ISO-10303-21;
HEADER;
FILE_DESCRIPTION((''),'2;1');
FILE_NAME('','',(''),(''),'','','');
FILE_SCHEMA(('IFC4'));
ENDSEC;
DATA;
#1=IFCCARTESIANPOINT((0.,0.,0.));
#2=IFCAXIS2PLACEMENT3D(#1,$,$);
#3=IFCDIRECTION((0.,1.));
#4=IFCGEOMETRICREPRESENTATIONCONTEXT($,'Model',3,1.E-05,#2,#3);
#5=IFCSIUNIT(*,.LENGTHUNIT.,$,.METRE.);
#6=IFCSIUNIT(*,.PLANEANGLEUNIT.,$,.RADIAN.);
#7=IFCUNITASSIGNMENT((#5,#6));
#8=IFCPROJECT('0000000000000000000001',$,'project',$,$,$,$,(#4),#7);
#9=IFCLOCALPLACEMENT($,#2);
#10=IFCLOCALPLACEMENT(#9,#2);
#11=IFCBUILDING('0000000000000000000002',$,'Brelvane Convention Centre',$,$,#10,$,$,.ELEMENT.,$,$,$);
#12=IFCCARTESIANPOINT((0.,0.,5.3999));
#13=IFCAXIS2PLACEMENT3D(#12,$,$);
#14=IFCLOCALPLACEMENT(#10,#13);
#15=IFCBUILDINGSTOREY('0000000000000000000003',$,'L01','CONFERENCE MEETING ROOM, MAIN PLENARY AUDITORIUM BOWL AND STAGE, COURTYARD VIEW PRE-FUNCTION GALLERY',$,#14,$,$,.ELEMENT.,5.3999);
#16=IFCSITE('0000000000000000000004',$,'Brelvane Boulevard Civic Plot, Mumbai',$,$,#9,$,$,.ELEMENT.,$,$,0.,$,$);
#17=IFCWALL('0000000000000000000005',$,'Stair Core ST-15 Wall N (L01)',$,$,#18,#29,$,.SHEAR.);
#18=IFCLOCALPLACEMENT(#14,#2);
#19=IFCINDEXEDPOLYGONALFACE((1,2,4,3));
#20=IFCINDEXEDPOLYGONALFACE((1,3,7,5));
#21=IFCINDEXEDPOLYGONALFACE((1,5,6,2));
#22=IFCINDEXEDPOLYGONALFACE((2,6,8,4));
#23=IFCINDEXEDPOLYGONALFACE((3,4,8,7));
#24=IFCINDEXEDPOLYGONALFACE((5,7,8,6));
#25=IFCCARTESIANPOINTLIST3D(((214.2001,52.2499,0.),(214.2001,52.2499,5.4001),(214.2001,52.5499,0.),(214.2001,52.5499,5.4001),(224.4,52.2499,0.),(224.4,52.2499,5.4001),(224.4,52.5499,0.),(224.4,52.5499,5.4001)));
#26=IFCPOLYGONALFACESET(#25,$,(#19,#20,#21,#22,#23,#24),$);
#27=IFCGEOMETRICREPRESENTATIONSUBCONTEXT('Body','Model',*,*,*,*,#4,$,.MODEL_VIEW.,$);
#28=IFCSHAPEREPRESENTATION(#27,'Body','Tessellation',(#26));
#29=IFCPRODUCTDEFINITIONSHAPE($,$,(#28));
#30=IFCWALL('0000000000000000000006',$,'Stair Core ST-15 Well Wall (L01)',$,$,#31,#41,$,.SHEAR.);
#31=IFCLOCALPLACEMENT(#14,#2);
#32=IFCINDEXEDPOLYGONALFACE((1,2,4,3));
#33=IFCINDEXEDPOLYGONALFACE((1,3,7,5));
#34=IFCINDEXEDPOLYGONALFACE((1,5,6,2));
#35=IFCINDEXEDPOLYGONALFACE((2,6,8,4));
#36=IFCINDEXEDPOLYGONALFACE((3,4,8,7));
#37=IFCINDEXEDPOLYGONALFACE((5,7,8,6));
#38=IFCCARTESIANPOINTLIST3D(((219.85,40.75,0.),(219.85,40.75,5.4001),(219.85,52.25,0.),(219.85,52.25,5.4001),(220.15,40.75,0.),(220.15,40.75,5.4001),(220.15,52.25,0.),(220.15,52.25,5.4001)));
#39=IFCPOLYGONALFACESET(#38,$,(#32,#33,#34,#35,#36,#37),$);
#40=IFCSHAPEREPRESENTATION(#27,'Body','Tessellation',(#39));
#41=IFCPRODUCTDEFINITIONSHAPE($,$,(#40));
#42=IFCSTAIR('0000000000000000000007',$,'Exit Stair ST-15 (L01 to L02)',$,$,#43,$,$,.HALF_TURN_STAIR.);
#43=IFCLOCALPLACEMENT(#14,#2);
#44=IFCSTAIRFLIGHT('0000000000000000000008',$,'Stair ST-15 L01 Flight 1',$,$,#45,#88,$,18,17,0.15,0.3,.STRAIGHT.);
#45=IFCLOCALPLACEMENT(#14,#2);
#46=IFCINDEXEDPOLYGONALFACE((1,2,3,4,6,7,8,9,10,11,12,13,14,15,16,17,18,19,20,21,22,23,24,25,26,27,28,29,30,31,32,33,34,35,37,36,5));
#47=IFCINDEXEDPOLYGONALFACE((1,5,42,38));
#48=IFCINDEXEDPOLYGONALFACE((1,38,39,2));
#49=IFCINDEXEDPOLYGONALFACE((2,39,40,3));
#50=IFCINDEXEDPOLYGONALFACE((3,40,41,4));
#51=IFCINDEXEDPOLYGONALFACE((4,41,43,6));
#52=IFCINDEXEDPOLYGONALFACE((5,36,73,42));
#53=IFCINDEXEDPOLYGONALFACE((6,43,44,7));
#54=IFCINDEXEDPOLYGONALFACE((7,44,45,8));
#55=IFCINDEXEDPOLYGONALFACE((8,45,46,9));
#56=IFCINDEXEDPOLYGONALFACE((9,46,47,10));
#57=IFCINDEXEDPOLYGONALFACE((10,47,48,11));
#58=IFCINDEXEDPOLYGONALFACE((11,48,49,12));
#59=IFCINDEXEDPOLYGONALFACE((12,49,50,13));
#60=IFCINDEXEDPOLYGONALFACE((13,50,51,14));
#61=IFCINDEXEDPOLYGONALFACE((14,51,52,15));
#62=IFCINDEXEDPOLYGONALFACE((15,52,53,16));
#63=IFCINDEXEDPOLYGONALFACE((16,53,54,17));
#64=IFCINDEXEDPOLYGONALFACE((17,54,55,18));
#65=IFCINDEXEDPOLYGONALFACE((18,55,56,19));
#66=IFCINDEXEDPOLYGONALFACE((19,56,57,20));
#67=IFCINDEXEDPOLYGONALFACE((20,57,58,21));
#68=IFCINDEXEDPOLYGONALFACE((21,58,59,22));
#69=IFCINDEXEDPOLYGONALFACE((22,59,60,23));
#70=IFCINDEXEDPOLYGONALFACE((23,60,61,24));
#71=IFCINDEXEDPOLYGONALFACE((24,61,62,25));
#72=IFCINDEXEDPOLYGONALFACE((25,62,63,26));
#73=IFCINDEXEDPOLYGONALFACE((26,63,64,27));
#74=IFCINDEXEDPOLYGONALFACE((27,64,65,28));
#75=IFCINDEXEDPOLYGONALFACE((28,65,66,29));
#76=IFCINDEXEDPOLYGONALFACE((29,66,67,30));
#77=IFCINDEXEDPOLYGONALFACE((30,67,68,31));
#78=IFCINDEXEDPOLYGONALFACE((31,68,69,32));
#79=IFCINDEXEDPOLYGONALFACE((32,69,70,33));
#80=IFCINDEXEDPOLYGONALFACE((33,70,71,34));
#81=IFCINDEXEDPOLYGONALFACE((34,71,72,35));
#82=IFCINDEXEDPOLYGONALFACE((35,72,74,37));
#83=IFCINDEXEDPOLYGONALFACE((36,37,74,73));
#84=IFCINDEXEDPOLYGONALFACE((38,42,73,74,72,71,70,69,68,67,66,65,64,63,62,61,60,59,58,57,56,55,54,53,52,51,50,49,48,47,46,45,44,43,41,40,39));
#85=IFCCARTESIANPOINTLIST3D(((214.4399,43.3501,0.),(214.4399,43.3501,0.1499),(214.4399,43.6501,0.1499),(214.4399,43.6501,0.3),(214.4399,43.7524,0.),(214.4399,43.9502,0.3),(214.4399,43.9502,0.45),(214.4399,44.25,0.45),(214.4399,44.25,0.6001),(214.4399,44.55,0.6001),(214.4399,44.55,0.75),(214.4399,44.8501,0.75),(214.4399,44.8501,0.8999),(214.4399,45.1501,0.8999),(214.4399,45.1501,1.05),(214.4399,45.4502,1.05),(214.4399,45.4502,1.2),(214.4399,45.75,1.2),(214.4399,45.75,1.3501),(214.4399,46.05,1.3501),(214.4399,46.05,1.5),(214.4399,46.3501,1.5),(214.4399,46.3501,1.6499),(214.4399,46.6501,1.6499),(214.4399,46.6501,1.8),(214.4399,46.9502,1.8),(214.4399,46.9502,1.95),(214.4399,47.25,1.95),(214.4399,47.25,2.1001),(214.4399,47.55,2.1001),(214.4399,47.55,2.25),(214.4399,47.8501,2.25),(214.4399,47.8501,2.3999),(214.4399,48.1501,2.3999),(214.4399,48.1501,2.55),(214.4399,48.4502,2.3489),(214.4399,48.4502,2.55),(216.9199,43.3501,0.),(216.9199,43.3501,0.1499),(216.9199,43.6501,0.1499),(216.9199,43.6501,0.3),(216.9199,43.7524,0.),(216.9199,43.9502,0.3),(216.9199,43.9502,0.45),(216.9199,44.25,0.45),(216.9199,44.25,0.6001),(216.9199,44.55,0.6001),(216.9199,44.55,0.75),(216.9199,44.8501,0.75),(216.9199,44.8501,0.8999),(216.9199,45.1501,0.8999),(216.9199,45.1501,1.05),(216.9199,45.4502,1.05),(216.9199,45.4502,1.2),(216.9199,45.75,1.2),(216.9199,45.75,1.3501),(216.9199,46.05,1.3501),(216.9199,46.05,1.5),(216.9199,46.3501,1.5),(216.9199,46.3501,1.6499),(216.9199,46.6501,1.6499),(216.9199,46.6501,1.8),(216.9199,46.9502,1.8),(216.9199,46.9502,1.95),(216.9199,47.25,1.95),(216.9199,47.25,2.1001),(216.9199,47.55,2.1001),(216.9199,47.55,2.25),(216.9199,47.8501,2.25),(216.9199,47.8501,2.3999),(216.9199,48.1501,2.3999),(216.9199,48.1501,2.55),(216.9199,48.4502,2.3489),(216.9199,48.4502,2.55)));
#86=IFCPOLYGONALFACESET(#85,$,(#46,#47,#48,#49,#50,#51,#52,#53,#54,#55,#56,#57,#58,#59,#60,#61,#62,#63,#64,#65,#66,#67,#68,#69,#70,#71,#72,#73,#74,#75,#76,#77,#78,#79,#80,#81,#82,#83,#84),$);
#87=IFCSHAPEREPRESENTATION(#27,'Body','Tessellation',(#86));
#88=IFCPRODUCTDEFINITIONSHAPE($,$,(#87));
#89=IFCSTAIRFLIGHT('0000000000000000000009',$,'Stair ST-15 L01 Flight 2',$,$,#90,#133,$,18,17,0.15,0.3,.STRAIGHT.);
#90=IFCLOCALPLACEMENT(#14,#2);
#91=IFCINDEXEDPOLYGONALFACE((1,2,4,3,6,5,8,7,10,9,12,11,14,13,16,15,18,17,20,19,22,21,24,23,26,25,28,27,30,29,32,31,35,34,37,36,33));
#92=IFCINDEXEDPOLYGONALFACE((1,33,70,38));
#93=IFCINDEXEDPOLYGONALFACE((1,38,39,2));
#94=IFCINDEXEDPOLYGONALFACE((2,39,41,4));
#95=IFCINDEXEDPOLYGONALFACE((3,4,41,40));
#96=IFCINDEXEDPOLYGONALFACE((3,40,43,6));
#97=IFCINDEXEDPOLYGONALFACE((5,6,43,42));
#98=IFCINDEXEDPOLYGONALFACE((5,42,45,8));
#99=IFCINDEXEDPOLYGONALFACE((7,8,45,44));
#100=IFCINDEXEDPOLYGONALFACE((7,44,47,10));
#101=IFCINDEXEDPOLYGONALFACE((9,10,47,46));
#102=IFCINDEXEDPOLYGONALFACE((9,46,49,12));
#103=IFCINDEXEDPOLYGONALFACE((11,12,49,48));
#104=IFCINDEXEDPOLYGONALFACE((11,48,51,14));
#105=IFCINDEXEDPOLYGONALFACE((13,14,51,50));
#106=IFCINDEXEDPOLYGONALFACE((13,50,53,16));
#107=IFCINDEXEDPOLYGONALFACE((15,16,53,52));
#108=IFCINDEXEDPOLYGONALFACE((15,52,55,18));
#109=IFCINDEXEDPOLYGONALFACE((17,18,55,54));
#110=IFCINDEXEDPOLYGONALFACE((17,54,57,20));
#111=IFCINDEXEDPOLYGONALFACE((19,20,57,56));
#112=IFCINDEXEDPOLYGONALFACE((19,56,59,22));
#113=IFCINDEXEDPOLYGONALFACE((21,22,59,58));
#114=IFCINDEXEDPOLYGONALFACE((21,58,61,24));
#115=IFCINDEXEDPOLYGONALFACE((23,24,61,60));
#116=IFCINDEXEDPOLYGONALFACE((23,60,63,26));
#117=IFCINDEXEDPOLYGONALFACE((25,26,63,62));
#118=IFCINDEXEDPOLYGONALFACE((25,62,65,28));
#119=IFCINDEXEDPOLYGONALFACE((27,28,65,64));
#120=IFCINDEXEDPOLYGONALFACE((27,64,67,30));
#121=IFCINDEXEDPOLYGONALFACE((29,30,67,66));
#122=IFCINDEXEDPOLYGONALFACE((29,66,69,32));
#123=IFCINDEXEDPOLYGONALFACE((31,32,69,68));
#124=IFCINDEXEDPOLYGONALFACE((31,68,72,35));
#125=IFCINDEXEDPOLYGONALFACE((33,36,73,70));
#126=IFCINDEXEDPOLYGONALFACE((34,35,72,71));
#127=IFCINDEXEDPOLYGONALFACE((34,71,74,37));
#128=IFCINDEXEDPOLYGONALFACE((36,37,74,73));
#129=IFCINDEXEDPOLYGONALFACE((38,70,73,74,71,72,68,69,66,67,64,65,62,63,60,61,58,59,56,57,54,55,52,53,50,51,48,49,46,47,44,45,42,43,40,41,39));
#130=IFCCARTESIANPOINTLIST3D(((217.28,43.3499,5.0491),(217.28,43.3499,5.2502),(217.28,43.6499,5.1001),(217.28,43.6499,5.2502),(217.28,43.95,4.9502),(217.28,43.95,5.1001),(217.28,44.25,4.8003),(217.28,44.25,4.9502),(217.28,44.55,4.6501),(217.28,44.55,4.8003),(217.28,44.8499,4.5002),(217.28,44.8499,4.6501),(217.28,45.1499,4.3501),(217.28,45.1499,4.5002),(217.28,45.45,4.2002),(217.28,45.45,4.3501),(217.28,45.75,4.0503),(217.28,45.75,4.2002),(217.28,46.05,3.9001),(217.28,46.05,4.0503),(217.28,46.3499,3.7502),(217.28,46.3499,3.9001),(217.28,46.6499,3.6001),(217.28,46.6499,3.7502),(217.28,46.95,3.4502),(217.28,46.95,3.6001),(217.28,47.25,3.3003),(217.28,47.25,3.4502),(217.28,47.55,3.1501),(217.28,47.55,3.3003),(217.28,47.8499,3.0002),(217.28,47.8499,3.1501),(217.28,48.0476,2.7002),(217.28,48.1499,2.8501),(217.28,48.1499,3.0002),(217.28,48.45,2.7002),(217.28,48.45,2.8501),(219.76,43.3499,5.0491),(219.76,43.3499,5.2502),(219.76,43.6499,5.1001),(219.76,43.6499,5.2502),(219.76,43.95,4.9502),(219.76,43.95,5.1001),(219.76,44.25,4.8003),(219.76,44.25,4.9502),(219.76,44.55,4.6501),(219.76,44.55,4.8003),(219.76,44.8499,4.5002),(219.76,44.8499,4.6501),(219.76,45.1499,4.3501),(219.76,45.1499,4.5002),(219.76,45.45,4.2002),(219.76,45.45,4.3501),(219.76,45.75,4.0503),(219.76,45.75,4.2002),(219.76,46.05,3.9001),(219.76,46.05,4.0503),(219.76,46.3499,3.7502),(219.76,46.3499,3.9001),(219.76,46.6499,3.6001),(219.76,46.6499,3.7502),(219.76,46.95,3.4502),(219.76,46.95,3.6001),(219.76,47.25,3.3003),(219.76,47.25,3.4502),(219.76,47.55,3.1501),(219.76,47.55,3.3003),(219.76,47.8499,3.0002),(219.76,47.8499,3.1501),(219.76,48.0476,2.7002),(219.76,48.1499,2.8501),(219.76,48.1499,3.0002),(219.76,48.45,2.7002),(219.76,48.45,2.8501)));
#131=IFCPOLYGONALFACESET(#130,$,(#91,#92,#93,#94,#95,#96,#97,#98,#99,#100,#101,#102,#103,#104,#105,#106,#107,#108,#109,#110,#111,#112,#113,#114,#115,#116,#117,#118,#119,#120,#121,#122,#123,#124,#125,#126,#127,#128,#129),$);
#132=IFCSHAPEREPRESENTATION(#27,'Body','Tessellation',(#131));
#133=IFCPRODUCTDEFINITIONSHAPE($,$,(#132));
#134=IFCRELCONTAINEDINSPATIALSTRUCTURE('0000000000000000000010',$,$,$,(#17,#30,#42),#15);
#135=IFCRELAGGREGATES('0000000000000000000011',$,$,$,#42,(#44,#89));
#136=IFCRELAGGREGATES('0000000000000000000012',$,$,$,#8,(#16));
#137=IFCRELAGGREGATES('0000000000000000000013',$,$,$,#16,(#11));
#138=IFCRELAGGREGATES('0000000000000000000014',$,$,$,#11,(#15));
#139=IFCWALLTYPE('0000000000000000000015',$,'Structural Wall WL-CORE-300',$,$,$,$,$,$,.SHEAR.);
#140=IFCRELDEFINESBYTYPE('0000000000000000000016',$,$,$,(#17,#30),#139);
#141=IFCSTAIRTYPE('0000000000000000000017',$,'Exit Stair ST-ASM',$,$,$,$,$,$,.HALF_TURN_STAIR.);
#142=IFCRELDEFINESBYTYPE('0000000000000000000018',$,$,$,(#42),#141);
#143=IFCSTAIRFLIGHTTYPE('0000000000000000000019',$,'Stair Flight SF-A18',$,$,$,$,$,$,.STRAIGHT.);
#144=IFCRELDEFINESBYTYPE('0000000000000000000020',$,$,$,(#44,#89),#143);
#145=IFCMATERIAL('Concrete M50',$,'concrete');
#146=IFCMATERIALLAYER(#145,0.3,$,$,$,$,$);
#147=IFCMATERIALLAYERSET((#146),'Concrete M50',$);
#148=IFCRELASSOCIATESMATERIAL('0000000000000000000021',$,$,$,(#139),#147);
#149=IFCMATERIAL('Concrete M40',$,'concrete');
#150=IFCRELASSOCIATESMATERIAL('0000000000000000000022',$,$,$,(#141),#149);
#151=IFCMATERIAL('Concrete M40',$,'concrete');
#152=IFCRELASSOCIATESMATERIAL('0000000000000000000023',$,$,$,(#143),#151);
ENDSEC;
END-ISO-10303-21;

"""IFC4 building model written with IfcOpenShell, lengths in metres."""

from ifc_helpers import new_model, si_unit, direction, frame, frame_2d, origin, place, context, subcontext, project, spatial, polyline, rectangle, outline, extrude, material, layer, layer_set, type_object, element, aggregate, save


model = new_model("IFC4")

# Units and contexts
model_context = context("Model", 3, precision=1e-05, world=origin(), true_north=direction((0.0, 1.0)))
body_context = subcontext(model_context, "Body", "Model", "MODEL_VIEW")
ifc_project = project(units=[si_unit("LENGTHUNIT", "METRE"), si_unit("PLANEANGLEUNIT", "RADIAN")], contexts=[model_context])

# Site, building, storey
site_placement = place(None, origin())
site = spatial("IfcSite", under=ifc_project, at=site_placement, Name="Brelvane Boulevard Civic Plot, Mumbai", CompositionType="ELEMENT", RefElevation=0.0)
building_placement = place(site_placement, origin())
building = spatial("IfcBuilding", under=site, at=building_placement, Name="Brelvane Convention Centre", CompositionType="ELEMENT")
storey_placement = place(building_placement, frame((0.0, 0.0, 5.3999)))
storey = spatial("IfcBuildingStorey", under=building, at=storey_placement, Name="L01", Description="CONFERENCE MEETING ROOM, MAIN PLENARY AUDITORIUM BOWL AND STAGE, COURTYARD VIEW PRE-FUNCTION GALLERY", CompositionType="ELEMENT", Elevation=5.3999)

# Walls
ifc_material_1 = material(Name="Concrete M50", Category="concrete")
ifc_layer_1 = layer(ifc_material_1, 0.3)
ifc_layer_set_1 = layer_set([ifc_layer_1], Name="Concrete M50")
wall_type = type_object("IfcWallType", Name="Structural Wall WL-CORE-300", PredefinedType="SHEAR", material=ifc_layer_set_1)
wall_1_placement = place(storey_placement, frame((214.2, 52.3999, 0.0), z_axis=(0.0, 0.0, 1.0), x_axis=(1.0, 0.0, 0.0)))
element("IfcWall", 1, at=wall_1_placement, inside=storey, type_object=wall_type, Name="Stair Core ST-15 Wall N (L01)", PredefinedType="SHEAR", context=body_context, shape_type="SweptSolid", body=[
    extrude(rectangle(XDim=10.2, YDim=0.3, at=frame_2d((5.1001, 0.0))), origin(), (0.0, 0.0, 1.0), 5.4001),
])
wall_2_placement = place(storey_placement, frame((220.0, 40.75, 0.0), z_axis=(0.0, 0.0, 1.0), x_axis=(0.0, 1.0, 0.0)))
element("IfcWall", 2, at=wall_2_placement, inside=storey, type_object=wall_type, Name="Stair Core ST-15 Well Wall (L01)", PredefinedType="SHEAR", context=body_context, shape_type="SweptSolid", body=[
    extrude(rectangle(XDim=11.5, YDim=0.3, at=frame_2d((5.75, 0.0))), origin(), (0.0, 0.0, 1.0), 5.4001),
])

# Stair, stair flights
ifc_material_2 = material(Name="Concrete M40", Category="concrete")
stair_type = type_object("IfcStairType", Name="Exit Stair ST-ASM", PredefinedType="HALF_TURN_STAIR", material=ifc_material_2)
stair_placement = place(storey_placement, origin())
stair = element("IfcStair", 3, at=stair_placement, inside=storey, type_object=stair_type, Name="Exit Stair ST-15 (L01 to L02)", PredefinedType="HALF_TURN_STAIR")
ifc_material_3 = material(Name="Concrete M40", Category="concrete")
stair_flight_type = type_object("IfcStairFlightType", Name="Stair Flight SF-A18", PredefinedType="STRAIGHT", material=ifc_material_3)
stair_flight_1_placement = place(storey_placement, frame((215.6799, 43.3501, 0.0), z_axis=(0.0, 0.0, 1.0), x_axis=(0.0, 1.0, 0.0)))
stair_flight_1 = element("IfcStairFlight", 4, at=stair_flight_1_placement, type_object=stair_flight_type, Name="Stair ST-15 L01 Flight 1", NumberOfRisers=18, NumberOfTreads=17, PredefinedType="STRAIGHT", RiserHeight=0.15, TreadLength=0.3, context=body_context, shape_type="SweptSolid", body=[
    extrude(outline(polyline([(0.0, 0.0), (0.0, 0.1499), (0.3, 0.1499), (0.3, 0.3), (0.6001, 0.3), (0.6001, 0.45), (0.8999, 0.45), (0.8999, 0.6001), (1.2, 0.6001), (1.2, 0.75), (1.5, 0.75), (1.5, 0.8999), (1.8, 0.8999), (1.8, 1.05), (2.1001, 1.05), (2.1001, 1.2), (2.3999, 1.2), (2.3999, 1.3501), (2.7, 1.3501), (2.7, 1.5), (3.0, 1.5), (3.0, 1.6499), (3.3, 1.6499), (3.3, 1.8), (3.6001, 1.8), (3.6001, 1.95), (3.8999, 1.95), (3.8999, 2.1001), (4.2, 2.1001), (4.2, 2.25), (4.5, 2.25), (4.5, 2.3999), (4.8, 2.3999), (4.8, 2.55), (5.1001, 2.55), (5.1001, 2.7), (5.1001, 2.3489), (0.4023, 0.0), (0.0, 0.0)])), frame((0.0, 1.24, 0.0), z_axis=(0.0, -1.0, 0.0), x_axis=(1.0, 0.0, 0.0)), (0.0, 0.0, 1.0), 2.48),
])
stair_flight_2_placement = place(storey_placement, frame((218.52, 48.45, 2.7002), z_axis=(0.0, 0.0, 1.0), x_axis=(0.0, -1.0, 0.0)))
stair_flight_2 = element("IfcStairFlight", 5, at=stair_flight_2_placement, type_object=stair_flight_type, Name="Stair ST-15 L01 Flight 2", NumberOfRisers=18, NumberOfTreads=17, PredefinedType="STRAIGHT", RiserHeight=0.15, TreadLength=0.3, context=body_context, shape_type="SweptSolid", body=[
    extrude(outline(polyline([(0.0, 0.0), (0.0, 0.1499), (0.3, 0.1499), (0.3, 0.3), (0.6001, 0.3), (0.6001, 0.45), (0.8999, 0.45), (0.8999, 0.6001), (1.2, 0.6001), (1.2, 0.75), (1.5, 0.75), (1.5, 0.8999), (1.8, 0.8999), (1.8, 1.05), (2.1001, 1.05), (2.1001, 1.2), (2.3999, 1.2), (2.3999, 1.3501), (2.7, 1.3501), (2.7, 1.5), (3.0, 1.5), (3.0, 1.6499), (3.3, 1.6499), (3.3, 1.8), (3.6001, 1.8), (3.6001, 1.95), (3.8999, 1.95), (3.8999, 2.1001), (4.2, 2.1001), (4.2, 2.25), (4.5, 2.25), (4.5, 2.3999), (4.8, 2.3999), (4.8, 2.55), (5.1001, 2.55), (5.1001, 2.7), (5.1001, 2.3489), (0.4023, 0.0), (0.0, 0.0)])), frame((0.0, 1.24, 0.0), z_axis=(0.0, -1.0, 0.0), x_axis=(1.0, 0.0, 0.0)), (0.0, 0.0, 1.0), 2.48),
])
aggregate(stair, [stair_flight_1, stair_flight_2])

save(model, "model.ifc")
